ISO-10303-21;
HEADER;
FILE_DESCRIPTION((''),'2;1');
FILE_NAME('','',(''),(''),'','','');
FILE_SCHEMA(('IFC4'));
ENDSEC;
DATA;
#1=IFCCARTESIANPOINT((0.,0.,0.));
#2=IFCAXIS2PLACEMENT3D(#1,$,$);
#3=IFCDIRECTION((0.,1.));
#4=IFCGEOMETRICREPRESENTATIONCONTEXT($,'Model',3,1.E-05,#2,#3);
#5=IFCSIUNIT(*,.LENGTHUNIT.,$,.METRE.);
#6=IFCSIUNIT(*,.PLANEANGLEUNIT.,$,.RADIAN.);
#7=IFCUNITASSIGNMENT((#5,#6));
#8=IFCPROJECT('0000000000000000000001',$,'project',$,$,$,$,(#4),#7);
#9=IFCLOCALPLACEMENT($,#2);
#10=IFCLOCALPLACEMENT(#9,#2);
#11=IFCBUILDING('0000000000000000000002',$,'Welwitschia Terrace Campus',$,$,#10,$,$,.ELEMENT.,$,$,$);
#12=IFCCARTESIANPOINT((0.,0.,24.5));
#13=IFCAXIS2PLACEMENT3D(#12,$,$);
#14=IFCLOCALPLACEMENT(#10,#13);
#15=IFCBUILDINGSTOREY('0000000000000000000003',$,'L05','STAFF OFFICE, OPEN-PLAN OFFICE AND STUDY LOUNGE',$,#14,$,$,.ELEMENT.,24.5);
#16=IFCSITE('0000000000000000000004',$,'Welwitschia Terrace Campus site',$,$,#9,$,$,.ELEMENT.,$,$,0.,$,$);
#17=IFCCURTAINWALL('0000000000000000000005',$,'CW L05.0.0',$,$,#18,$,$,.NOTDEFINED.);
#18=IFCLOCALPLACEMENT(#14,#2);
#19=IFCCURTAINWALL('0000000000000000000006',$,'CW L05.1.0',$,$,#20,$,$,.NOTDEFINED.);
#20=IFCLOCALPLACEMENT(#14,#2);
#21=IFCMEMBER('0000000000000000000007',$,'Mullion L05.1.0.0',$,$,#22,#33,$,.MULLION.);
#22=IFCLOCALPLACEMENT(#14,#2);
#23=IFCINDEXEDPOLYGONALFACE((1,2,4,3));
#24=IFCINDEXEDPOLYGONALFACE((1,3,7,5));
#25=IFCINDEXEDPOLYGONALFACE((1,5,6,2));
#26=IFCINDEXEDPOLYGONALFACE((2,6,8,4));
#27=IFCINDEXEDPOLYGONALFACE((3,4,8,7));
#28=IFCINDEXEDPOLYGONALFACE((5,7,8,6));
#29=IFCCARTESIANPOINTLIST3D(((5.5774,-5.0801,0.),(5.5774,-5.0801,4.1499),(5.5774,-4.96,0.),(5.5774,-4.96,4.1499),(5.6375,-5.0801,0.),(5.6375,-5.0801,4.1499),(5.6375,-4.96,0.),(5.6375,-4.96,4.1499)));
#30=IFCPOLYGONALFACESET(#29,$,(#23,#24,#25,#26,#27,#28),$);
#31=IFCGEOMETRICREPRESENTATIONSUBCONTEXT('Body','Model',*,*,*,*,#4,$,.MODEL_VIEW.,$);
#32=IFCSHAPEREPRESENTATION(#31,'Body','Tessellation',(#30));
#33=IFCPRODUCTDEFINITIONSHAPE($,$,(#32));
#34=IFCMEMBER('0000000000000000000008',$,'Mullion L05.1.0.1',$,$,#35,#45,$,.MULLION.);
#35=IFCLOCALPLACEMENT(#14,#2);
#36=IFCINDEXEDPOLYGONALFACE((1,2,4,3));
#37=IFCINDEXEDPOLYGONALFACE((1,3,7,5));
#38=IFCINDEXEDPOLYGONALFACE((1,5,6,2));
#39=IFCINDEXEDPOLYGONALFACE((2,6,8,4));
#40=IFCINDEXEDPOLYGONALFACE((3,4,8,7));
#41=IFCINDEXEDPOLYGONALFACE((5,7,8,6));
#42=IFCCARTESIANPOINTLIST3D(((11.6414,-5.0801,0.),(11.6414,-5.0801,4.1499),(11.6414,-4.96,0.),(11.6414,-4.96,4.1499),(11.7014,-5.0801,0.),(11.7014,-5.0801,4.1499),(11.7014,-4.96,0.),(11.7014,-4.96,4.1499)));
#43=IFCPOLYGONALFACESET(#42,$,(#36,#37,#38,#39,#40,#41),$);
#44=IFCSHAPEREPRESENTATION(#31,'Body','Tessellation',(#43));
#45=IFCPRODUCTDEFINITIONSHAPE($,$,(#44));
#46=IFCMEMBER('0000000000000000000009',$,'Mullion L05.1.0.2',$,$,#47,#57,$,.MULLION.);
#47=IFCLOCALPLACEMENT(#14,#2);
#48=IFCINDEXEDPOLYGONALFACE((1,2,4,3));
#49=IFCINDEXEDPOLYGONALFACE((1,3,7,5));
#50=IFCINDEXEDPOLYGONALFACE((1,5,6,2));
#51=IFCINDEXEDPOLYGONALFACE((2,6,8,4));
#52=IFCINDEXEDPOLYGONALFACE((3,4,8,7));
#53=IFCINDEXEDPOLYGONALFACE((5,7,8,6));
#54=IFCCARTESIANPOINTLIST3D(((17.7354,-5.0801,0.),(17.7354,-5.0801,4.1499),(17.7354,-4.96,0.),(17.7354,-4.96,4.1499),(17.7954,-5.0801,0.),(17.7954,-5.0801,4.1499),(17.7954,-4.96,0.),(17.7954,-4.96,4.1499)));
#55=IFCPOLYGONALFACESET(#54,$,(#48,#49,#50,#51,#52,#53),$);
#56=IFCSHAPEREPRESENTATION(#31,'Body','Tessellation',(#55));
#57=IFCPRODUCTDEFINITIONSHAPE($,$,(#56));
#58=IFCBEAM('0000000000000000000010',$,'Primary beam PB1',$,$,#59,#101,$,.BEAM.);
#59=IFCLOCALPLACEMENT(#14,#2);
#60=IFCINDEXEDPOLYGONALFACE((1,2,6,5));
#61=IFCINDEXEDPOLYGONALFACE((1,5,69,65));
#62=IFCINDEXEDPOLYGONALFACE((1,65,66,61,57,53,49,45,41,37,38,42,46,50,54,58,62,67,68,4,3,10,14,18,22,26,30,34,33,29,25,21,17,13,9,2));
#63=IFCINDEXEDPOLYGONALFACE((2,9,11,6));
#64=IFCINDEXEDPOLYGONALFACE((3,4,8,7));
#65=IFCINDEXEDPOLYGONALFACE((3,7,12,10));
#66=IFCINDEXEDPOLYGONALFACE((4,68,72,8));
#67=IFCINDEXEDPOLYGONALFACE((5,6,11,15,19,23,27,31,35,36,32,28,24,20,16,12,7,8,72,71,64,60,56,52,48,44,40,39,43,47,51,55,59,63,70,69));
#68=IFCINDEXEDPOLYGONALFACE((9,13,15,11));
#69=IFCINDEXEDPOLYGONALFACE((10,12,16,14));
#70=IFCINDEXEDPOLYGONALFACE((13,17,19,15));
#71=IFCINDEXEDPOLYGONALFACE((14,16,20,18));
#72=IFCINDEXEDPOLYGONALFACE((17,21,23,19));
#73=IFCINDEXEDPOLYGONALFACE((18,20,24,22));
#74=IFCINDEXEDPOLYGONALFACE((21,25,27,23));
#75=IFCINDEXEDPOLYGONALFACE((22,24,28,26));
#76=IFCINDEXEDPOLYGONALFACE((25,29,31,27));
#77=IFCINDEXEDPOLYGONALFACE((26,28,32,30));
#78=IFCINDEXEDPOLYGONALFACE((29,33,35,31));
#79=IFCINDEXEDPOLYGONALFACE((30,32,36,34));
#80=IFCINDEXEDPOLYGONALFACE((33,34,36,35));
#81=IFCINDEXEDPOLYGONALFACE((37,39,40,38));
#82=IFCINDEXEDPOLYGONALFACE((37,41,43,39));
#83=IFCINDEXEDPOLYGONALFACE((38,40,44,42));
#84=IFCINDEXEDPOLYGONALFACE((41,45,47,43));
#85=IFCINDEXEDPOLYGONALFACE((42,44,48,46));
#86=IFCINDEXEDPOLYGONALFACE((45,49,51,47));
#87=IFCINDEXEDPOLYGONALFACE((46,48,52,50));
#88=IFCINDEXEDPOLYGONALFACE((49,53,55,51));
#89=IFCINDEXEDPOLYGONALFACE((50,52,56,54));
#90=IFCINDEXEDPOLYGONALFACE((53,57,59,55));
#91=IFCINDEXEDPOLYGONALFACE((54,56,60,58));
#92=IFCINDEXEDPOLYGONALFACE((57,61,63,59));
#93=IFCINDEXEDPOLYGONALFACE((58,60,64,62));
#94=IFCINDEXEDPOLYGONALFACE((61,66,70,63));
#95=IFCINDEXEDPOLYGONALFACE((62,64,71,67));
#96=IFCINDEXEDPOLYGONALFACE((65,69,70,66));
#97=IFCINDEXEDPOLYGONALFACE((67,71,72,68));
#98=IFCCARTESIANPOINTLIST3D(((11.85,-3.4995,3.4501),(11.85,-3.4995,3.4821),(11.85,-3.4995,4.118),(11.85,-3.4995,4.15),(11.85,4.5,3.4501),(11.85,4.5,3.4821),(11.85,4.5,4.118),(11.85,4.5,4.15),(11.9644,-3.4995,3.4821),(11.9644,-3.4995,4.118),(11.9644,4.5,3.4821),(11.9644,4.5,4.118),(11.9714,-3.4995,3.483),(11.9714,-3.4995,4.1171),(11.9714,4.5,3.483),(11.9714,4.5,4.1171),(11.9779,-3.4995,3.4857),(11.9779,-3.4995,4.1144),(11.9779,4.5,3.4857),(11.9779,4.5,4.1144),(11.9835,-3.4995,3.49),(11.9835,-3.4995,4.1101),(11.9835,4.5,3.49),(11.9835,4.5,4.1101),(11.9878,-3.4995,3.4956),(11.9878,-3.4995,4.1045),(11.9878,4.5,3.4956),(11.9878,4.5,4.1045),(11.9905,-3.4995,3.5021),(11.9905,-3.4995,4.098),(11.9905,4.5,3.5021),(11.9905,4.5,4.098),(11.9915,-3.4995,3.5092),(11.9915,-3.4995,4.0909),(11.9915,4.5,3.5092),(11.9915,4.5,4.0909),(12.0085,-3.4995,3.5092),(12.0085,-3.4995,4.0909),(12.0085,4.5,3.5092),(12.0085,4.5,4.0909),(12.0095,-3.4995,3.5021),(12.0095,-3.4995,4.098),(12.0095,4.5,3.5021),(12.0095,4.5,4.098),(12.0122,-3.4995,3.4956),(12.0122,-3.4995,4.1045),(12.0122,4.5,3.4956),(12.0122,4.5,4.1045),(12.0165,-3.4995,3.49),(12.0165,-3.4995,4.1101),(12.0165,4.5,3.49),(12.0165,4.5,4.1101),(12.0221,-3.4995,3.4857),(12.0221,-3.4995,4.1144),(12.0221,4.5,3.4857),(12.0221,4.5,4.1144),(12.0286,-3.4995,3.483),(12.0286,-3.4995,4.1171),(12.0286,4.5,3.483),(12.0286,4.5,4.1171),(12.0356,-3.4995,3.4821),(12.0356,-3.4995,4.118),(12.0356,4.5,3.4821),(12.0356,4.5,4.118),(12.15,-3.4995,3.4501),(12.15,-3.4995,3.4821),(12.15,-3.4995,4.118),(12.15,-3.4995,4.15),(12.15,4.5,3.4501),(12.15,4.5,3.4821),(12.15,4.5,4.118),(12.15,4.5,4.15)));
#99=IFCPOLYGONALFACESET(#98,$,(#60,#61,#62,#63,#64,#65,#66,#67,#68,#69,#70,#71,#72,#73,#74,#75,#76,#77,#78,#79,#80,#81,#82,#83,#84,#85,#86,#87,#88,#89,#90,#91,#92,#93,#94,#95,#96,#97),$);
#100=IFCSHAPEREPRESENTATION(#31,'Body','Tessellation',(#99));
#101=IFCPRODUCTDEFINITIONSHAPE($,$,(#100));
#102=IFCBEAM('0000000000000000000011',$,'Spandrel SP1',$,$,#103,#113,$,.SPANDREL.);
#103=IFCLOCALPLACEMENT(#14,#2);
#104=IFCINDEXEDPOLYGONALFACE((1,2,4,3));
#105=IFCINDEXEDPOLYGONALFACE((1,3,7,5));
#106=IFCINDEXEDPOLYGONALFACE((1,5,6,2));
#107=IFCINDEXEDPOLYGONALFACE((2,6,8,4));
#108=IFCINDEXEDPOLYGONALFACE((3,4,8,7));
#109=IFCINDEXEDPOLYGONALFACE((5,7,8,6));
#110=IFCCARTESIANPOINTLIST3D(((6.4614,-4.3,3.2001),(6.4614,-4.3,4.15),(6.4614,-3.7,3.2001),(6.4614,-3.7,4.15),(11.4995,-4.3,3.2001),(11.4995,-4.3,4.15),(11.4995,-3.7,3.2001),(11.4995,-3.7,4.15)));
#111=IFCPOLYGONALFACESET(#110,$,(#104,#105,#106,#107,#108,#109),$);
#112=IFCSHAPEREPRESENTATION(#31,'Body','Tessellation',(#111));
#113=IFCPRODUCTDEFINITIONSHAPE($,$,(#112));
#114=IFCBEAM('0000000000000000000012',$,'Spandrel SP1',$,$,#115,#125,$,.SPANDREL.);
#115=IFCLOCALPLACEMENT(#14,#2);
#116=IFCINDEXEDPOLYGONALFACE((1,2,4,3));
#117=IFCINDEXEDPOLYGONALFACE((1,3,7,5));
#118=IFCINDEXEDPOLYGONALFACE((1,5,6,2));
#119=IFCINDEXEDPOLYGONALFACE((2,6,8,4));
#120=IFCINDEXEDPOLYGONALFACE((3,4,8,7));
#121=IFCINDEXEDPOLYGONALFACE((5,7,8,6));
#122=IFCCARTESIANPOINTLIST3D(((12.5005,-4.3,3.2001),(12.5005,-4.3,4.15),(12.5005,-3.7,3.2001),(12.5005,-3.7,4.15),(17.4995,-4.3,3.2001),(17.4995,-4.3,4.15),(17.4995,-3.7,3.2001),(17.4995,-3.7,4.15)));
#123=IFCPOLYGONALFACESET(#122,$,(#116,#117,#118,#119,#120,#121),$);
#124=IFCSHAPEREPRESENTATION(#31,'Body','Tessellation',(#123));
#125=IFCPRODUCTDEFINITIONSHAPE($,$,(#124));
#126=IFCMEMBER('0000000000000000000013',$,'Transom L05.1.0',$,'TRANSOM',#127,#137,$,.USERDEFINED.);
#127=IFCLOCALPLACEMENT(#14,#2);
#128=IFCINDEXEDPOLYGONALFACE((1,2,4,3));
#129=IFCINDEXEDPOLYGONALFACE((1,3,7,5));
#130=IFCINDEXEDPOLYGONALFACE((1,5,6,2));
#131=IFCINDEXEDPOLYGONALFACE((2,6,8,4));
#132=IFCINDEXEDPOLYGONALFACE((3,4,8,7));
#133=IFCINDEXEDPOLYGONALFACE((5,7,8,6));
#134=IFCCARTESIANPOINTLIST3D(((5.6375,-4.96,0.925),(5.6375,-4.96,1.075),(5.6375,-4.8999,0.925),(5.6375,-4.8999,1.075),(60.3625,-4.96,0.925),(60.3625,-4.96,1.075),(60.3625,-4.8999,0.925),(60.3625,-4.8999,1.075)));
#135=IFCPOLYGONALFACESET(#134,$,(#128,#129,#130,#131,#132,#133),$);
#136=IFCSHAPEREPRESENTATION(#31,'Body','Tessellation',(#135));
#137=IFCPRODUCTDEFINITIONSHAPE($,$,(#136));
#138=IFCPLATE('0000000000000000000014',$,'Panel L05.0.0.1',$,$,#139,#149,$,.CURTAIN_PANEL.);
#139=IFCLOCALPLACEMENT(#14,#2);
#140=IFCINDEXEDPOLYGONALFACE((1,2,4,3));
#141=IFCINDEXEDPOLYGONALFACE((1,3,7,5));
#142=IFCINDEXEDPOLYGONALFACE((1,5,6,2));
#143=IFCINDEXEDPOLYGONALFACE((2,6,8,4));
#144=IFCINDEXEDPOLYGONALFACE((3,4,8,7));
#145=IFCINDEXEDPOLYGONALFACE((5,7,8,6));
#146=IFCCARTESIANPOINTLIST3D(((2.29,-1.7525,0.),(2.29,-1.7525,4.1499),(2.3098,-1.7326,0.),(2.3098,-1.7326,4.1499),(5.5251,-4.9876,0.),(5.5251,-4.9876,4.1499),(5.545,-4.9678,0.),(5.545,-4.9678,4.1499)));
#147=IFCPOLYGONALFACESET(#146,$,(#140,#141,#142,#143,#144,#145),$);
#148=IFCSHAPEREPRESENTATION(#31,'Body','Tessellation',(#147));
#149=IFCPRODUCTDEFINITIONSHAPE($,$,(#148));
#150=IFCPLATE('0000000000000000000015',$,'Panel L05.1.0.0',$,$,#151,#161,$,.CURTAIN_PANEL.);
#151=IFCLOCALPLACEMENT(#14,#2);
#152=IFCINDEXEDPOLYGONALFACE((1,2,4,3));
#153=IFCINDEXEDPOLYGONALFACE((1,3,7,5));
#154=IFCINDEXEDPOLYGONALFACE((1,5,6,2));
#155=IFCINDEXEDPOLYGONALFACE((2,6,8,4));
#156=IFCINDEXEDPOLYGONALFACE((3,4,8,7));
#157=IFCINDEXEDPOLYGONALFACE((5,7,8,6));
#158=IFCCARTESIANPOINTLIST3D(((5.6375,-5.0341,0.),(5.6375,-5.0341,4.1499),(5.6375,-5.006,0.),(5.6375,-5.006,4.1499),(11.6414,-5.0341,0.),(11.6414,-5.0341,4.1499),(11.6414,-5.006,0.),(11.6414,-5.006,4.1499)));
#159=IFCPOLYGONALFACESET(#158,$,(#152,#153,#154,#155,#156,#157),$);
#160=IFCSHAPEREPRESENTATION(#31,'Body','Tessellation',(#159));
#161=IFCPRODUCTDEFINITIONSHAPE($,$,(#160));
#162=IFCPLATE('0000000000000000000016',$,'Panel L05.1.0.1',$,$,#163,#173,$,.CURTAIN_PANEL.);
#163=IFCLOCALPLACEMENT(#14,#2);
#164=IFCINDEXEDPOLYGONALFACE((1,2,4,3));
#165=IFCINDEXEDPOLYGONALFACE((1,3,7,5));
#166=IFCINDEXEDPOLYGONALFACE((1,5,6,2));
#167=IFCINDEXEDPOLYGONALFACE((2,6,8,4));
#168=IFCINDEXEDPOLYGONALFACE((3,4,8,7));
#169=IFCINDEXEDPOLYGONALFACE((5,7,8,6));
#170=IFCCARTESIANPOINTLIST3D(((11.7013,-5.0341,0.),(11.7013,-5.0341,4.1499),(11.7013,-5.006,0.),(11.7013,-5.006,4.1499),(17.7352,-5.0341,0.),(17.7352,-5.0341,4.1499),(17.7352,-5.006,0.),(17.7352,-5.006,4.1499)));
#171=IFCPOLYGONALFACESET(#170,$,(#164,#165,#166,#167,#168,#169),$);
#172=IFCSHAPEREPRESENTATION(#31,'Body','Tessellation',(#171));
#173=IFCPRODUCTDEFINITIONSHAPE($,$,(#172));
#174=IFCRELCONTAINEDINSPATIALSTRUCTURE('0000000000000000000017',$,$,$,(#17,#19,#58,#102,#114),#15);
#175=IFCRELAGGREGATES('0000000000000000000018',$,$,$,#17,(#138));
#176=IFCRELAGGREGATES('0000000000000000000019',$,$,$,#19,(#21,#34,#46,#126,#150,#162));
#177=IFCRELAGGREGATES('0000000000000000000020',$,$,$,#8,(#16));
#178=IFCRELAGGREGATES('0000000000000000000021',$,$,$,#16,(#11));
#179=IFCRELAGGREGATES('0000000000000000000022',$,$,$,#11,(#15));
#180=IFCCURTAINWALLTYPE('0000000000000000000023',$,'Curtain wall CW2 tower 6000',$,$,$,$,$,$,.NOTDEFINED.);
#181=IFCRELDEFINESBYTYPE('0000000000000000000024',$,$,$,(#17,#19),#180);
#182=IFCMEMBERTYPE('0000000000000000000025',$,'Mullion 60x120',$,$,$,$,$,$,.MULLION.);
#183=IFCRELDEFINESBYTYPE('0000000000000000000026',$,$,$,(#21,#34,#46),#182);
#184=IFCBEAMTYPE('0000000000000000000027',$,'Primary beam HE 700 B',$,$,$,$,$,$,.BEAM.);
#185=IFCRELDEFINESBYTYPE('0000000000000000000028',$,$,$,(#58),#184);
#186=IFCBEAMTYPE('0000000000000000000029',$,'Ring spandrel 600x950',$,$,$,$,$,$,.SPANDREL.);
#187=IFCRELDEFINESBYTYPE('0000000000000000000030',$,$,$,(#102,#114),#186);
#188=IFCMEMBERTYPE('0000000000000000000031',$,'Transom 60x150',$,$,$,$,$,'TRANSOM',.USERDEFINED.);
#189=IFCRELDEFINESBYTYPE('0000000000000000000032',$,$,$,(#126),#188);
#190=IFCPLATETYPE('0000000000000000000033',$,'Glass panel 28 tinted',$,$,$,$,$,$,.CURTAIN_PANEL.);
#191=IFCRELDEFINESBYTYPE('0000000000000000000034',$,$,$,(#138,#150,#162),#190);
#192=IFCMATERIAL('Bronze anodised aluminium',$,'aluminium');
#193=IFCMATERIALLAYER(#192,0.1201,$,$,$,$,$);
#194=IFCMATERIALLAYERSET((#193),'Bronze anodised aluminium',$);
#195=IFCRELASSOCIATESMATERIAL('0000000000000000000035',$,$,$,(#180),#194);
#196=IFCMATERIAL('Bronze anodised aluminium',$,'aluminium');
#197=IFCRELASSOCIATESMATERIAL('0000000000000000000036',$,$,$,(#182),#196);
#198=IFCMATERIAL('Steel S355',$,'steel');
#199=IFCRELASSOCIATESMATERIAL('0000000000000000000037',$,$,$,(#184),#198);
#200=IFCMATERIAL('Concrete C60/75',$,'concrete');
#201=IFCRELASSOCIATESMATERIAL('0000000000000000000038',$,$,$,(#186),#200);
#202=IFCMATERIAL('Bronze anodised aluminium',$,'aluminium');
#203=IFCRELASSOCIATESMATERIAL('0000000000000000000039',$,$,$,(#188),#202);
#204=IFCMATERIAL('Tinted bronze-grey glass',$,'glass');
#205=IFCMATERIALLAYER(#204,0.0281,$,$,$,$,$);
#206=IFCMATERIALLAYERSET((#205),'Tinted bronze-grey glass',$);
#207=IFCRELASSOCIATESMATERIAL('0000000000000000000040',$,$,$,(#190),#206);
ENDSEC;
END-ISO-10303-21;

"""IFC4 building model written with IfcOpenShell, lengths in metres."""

from ifc_helpers import new_model, si_unit, direction, frame, origin, origin_2d, place, context, subcontext, project, spatial, rectangle, i_section, extrude, material, layer, layer_set, material_profile, profile_set, type_object, element, aggregate, save


model = new_model("IFC4")

# Units and contexts
model_context = context("Model", 3, precision=1e-05, world=origin(), true_north=direction((0.0, 1.0)))
body_context = subcontext(model_context, "Body", "Model", "MODEL_VIEW")
ifc_project = project(units=[si_unit("LENGTHUNIT", "METRE"), si_unit("PLANEANGLEUNIT", "RADIAN")], contexts=[model_context])

# Site, building, storey
site_placement = place(None, origin())
site = spatial("IfcSite", under=ifc_project, at=site_placement, Name="Welwitschia Terrace Campus site", CompositionType="ELEMENT", RefElevation=0.0)
building_placement = place(site_placement, origin())
building = spatial("IfcBuilding", under=site, at=building_placement, Name="Welwitschia Terrace Campus", CompositionType="ELEMENT")
storey_placement = place(building_placement, frame((0.0, 0.0, 24.5)))
storey = spatial("IfcBuildingStorey", under=building, at=storey_placement, Name="L05", Description="STAFF OFFICE, OPEN-PLAN OFFICE AND STUDY LOUNGE", CompositionType="ELEMENT", Elevation=24.5)

# Curtain wall
ifc_material_1 = material(Name="Bronze anodised aluminium", Category="aluminium")
ifc_layer_1 = layer(ifc_material_1, 0.1201)
ifc_layer_set_1 = layer_set([ifc_layer_1], Name="Bronze anodised aluminium")
curtain_wall_type = type_object("IfcCurtainWallType", Name="Curtain wall CW2 tower 6000", PredefinedType="NOTDEFINED", material=ifc_layer_set_1)
curtain_wall_1_placement = place(storey_placement, origin())
curtain_wall_1 = element("IfcCurtainWall", 1, at=curtain_wall_1_placement, inside=storey, type_object=curtain_wall_type, Name="CW L05.0.0", PredefinedType="NOTDEFINED")
ifc_material_2 = material(Name="Bronze anodised aluminium", Category="aluminium")
ifc_material_profile_1 = material_profile(ifc_material_2, rectangle(XDim=0.1201, YDim=0.0601, at=origin_2d()))
ifc_profile_set_1 = profile_set([ifc_material_profile_1], Name="Bronze anodised aluminium")
member_type_1 = type_object("IfcMemberType", Name="Mullion 60x120", PredefinedType="MULLION", material=ifc_profile_set_1)

# Curtain wall, members
curtain_wall_2_placement = place(storey_placement, origin())
curtain_wall_2 = element("IfcCurtainWall", 2, at=curtain_wall_2_placement, inside=storey, type_object=curtain_wall_type, Name="CW L05.1.0", PredefinedType="NOTDEFINED")
member_1_placement = place(storey_placement, frame((5.6074, -5.02, 0.0), z_axis=(0.0, 0.0, 1.0), x_axis=(0.0, 1.0, 0.0)))
member_1 = element("IfcMember", 3, at=member_1_placement, type_object=member_type_1, Name="Mullion L05.1.0.0", PredefinedType="MULLION", context=body_context, shape_type="SweptSolid", body=[
    extrude(rectangle(XDim=0.1201, YDim=0.0601, at=origin_2d()), origin(), (0.0, 0.0, 1.0), 4.1499),
])
member_2_placement = place(storey_placement, frame((11.6714, -5.02, 0.0), z_axis=(0.0, 0.0, 1.0), x_axis=(0.0, 1.0, 0.0)))
member_2 = element("IfcMember", 4, at=member_2_placement, type_object=member_type_1, Name="Mullion L05.1.0.1", PredefinedType="MULLION", context=body_context, shape_type="SweptSolid", body=[
    extrude(rectangle(XDim=0.1201, YDim=0.0601, at=origin_2d()), origin(), (0.0, 0.0, 1.0), 4.1499),
])
member_3_placement = place(storey_placement, frame((17.7654, -5.02, 0.0), z_axis=(0.0, 0.0, 1.0), x_axis=(0.0, 1.0, 0.0)))
member_3 = element("IfcMember", 5, at=member_3_placement, type_object=member_type_1, Name="Mullion L05.1.0.2", PredefinedType="MULLION", context=body_context, shape_type="SweptSolid", body=[
    extrude(rectangle(XDim=0.1201, YDim=0.0601, at=origin_2d()), origin(), (0.0, 0.0, 1.0), 4.1499),
])

# Beams
ifc_material_3 = material(Name="Steel S355", Category="steel")
ifc_material_profile_2 = material_profile(ifc_material_3, i_section(OverallWidth=0.3, OverallDepth=0.7, WebThickness=0.0171, FlangeThickness=0.032, FilletRadius=0.0271, at=origin_2d()))
ifc_profile_set_2 = profile_set([ifc_material_profile_2], Name="Steel S355")
beam_type_1 = type_object("IfcBeamType", Name="Primary beam HE 700 B", PredefinedType="BEAM", material=ifc_profile_set_2)
beam_1_placement = place(storey_placement, frame((12.0, -3.4995, 3.8), z_axis=(0.0, 1.0, 0.0), x_axis=(-1.0, 0.0, 0.0)))
element("IfcBeam", 6, at=beam_1_placement, inside=storey, type_object=beam_type_1, Name="Primary beam PB1", PredefinedType="BEAM", context=body_context, shape_type="SweptSolid", body=[
    extrude(i_section(OverallWidth=0.3, OverallDepth=0.7, WebThickness=0.0171, FlangeThickness=0.032, FilletRadius=0.0271, at=origin_2d()), origin(), (0.0, 0.0, 1.0), 7.9995),
])
ifc_material_4 = material(Name="Concrete C60/75", Category="concrete")
ifc_material_profile_3 = material_profile(ifc_material_4, rectangle(XDim=0.6001, YDim=0.95, at=origin_2d()))
ifc_profile_set_3 = profile_set([ifc_material_profile_3], Name="Concrete C60/75")
beam_type_2 = type_object("IfcBeamType", Name="Ring spandrel 600x950", PredefinedType="SPANDREL", material=ifc_profile_set_3)
beam_2_placement = place(storey_placement, frame((6.4614, -4.0, 3.675), z_axis=(1.0, 0.0, 0.0), x_axis=(0.0, 1.0, 0.0)))
element("IfcBeam", 7, at=beam_2_placement, inside=storey, type_object=beam_type_2, Name="Spandrel SP1", PredefinedType="SPANDREL", context=body_context, shape_type="SweptSolid", body=[
    extrude(rectangle(XDim=0.6001, YDim=0.95, at=origin_2d()), origin(), (0.0, 0.0, 1.0), 5.0381),
])
beam_3_placement = place(storey_placement, frame((12.5005, -4.0, 3.675), z_axis=(1.0, 0.0, 0.0), x_axis=(0.0, 1.0, 0.0)))
element("IfcBeam", 8, at=beam_3_placement, inside=storey, type_object=beam_type_2, Name="Spandrel SP1", PredefinedType="SPANDREL", context=body_context, shape_type="SweptSolid", body=[
    extrude(rectangle(XDim=0.6001, YDim=0.95, at=origin_2d()), origin(), (0.0, 0.0, 1.0), 4.999),
])

# Member
ifc_material_5 = material(Name="Bronze anodised aluminium", Category="aluminium")
ifc_material_profile_4 = material_profile(ifc_material_5, rectangle(XDim=0.0601, YDim=0.1499, at=origin_2d()))
ifc_profile_set_4 = profile_set([ifc_material_profile_4], Name="Bronze anodised aluminium")
member_type_2 = type_object("IfcMemberType", Name="Transom 60x150", ElementType="TRANSOM", PredefinedType="USERDEFINED", material=ifc_profile_set_4)
member_4_placement = place(storey_placement, frame((5.6375, -4.9299, 1.0), z_axis=(1.0, 0.0, 0.0), x_axis=(0.0, 1.0, 0.0)))
member_4 = element("IfcMember", 9, at=member_4_placement, type_object=member_type_2, Name="Transom L05.1.0", ObjectType="TRANSOM", PredefinedType="USERDEFINED", context=body_context, shape_type="SweptSolid", body=[
    extrude(rectangle(XDim=0.0601, YDim=0.1499, at=origin_2d()), origin(), (0.0, 0.0, 1.0), 54.7251),
])

# Plates
ifc_material_6 = material(Name="Tinted bronze-grey glass", Category="glass")
ifc_layer_2 = layer(ifc_material_6, 0.0281)
ifc_layer_set_2 = layer_set([ifc_layer_2], Name="Tinted bronze-grey glass")
plate_type = type_object("IfcPlateType", Name="Glass panel 28 tinted", PredefinedType="CURTAIN_PANEL", material=ifc_layer_set_2)
plate_1_placement = place(storey_placement, frame((3.9175, -3.3601, 0.0), z_axis=(0.0, 0.0, 1.0), x_axis=(0.707107, -0.707107, 0.0)))
plate_1 = element("IfcPlate", 10, at=plate_1_placement, type_object=plate_type, Name="Panel L05.0.0.1", PredefinedType="CURTAIN_PANEL", context=body_context, shape_type="SweptSolid", body=[
    extrude(rectangle(XDim=4.5752, YDim=0.0281, at=origin_2d()), origin(), (0.0, 0.0, 1.0), 4.1499),
])
aggregate(curtain_wall_1, [plate_1])
plate_2_placement = place(storey_placement, frame((8.6394, -5.02, 0.0), z_axis=(0.0, 0.0, 1.0), x_axis=(1.0, 0.0, 0.0)))
plate_2 = element("IfcPlate", 11, at=plate_2_placement, type_object=plate_type, Name="Panel L05.1.0.0", PredefinedType="CURTAIN_PANEL", context=body_context, shape_type="SweptSolid", body=[
    extrude(rectangle(XDim=6.0039, YDim=0.0281, at=origin_2d()), origin(), (0.0, 0.0, 1.0), 4.1499),
])
plate_3_placement = place(storey_placement, frame((14.7183, -5.02, 0.0), z_axis=(0.0, 0.0, 1.0), x_axis=(1.0, 0.0, 0.0)))
plate_3 = element("IfcPlate", 12, at=plate_3_placement, type_object=plate_type, Name="Panel L05.1.0.1", PredefinedType="CURTAIN_PANEL", context=body_context, shape_type="SweptSolid", body=[
    extrude(rectangle(XDim=6.0339, YDim=0.0281, at=origin_2d()), origin(), (0.0, 0.0, 1.0), 4.1499),
])
aggregate(curtain_wall_2, [member_1, member_2, member_3, member_4, plate_2, plate_3])

save(model, "model.ifc")
